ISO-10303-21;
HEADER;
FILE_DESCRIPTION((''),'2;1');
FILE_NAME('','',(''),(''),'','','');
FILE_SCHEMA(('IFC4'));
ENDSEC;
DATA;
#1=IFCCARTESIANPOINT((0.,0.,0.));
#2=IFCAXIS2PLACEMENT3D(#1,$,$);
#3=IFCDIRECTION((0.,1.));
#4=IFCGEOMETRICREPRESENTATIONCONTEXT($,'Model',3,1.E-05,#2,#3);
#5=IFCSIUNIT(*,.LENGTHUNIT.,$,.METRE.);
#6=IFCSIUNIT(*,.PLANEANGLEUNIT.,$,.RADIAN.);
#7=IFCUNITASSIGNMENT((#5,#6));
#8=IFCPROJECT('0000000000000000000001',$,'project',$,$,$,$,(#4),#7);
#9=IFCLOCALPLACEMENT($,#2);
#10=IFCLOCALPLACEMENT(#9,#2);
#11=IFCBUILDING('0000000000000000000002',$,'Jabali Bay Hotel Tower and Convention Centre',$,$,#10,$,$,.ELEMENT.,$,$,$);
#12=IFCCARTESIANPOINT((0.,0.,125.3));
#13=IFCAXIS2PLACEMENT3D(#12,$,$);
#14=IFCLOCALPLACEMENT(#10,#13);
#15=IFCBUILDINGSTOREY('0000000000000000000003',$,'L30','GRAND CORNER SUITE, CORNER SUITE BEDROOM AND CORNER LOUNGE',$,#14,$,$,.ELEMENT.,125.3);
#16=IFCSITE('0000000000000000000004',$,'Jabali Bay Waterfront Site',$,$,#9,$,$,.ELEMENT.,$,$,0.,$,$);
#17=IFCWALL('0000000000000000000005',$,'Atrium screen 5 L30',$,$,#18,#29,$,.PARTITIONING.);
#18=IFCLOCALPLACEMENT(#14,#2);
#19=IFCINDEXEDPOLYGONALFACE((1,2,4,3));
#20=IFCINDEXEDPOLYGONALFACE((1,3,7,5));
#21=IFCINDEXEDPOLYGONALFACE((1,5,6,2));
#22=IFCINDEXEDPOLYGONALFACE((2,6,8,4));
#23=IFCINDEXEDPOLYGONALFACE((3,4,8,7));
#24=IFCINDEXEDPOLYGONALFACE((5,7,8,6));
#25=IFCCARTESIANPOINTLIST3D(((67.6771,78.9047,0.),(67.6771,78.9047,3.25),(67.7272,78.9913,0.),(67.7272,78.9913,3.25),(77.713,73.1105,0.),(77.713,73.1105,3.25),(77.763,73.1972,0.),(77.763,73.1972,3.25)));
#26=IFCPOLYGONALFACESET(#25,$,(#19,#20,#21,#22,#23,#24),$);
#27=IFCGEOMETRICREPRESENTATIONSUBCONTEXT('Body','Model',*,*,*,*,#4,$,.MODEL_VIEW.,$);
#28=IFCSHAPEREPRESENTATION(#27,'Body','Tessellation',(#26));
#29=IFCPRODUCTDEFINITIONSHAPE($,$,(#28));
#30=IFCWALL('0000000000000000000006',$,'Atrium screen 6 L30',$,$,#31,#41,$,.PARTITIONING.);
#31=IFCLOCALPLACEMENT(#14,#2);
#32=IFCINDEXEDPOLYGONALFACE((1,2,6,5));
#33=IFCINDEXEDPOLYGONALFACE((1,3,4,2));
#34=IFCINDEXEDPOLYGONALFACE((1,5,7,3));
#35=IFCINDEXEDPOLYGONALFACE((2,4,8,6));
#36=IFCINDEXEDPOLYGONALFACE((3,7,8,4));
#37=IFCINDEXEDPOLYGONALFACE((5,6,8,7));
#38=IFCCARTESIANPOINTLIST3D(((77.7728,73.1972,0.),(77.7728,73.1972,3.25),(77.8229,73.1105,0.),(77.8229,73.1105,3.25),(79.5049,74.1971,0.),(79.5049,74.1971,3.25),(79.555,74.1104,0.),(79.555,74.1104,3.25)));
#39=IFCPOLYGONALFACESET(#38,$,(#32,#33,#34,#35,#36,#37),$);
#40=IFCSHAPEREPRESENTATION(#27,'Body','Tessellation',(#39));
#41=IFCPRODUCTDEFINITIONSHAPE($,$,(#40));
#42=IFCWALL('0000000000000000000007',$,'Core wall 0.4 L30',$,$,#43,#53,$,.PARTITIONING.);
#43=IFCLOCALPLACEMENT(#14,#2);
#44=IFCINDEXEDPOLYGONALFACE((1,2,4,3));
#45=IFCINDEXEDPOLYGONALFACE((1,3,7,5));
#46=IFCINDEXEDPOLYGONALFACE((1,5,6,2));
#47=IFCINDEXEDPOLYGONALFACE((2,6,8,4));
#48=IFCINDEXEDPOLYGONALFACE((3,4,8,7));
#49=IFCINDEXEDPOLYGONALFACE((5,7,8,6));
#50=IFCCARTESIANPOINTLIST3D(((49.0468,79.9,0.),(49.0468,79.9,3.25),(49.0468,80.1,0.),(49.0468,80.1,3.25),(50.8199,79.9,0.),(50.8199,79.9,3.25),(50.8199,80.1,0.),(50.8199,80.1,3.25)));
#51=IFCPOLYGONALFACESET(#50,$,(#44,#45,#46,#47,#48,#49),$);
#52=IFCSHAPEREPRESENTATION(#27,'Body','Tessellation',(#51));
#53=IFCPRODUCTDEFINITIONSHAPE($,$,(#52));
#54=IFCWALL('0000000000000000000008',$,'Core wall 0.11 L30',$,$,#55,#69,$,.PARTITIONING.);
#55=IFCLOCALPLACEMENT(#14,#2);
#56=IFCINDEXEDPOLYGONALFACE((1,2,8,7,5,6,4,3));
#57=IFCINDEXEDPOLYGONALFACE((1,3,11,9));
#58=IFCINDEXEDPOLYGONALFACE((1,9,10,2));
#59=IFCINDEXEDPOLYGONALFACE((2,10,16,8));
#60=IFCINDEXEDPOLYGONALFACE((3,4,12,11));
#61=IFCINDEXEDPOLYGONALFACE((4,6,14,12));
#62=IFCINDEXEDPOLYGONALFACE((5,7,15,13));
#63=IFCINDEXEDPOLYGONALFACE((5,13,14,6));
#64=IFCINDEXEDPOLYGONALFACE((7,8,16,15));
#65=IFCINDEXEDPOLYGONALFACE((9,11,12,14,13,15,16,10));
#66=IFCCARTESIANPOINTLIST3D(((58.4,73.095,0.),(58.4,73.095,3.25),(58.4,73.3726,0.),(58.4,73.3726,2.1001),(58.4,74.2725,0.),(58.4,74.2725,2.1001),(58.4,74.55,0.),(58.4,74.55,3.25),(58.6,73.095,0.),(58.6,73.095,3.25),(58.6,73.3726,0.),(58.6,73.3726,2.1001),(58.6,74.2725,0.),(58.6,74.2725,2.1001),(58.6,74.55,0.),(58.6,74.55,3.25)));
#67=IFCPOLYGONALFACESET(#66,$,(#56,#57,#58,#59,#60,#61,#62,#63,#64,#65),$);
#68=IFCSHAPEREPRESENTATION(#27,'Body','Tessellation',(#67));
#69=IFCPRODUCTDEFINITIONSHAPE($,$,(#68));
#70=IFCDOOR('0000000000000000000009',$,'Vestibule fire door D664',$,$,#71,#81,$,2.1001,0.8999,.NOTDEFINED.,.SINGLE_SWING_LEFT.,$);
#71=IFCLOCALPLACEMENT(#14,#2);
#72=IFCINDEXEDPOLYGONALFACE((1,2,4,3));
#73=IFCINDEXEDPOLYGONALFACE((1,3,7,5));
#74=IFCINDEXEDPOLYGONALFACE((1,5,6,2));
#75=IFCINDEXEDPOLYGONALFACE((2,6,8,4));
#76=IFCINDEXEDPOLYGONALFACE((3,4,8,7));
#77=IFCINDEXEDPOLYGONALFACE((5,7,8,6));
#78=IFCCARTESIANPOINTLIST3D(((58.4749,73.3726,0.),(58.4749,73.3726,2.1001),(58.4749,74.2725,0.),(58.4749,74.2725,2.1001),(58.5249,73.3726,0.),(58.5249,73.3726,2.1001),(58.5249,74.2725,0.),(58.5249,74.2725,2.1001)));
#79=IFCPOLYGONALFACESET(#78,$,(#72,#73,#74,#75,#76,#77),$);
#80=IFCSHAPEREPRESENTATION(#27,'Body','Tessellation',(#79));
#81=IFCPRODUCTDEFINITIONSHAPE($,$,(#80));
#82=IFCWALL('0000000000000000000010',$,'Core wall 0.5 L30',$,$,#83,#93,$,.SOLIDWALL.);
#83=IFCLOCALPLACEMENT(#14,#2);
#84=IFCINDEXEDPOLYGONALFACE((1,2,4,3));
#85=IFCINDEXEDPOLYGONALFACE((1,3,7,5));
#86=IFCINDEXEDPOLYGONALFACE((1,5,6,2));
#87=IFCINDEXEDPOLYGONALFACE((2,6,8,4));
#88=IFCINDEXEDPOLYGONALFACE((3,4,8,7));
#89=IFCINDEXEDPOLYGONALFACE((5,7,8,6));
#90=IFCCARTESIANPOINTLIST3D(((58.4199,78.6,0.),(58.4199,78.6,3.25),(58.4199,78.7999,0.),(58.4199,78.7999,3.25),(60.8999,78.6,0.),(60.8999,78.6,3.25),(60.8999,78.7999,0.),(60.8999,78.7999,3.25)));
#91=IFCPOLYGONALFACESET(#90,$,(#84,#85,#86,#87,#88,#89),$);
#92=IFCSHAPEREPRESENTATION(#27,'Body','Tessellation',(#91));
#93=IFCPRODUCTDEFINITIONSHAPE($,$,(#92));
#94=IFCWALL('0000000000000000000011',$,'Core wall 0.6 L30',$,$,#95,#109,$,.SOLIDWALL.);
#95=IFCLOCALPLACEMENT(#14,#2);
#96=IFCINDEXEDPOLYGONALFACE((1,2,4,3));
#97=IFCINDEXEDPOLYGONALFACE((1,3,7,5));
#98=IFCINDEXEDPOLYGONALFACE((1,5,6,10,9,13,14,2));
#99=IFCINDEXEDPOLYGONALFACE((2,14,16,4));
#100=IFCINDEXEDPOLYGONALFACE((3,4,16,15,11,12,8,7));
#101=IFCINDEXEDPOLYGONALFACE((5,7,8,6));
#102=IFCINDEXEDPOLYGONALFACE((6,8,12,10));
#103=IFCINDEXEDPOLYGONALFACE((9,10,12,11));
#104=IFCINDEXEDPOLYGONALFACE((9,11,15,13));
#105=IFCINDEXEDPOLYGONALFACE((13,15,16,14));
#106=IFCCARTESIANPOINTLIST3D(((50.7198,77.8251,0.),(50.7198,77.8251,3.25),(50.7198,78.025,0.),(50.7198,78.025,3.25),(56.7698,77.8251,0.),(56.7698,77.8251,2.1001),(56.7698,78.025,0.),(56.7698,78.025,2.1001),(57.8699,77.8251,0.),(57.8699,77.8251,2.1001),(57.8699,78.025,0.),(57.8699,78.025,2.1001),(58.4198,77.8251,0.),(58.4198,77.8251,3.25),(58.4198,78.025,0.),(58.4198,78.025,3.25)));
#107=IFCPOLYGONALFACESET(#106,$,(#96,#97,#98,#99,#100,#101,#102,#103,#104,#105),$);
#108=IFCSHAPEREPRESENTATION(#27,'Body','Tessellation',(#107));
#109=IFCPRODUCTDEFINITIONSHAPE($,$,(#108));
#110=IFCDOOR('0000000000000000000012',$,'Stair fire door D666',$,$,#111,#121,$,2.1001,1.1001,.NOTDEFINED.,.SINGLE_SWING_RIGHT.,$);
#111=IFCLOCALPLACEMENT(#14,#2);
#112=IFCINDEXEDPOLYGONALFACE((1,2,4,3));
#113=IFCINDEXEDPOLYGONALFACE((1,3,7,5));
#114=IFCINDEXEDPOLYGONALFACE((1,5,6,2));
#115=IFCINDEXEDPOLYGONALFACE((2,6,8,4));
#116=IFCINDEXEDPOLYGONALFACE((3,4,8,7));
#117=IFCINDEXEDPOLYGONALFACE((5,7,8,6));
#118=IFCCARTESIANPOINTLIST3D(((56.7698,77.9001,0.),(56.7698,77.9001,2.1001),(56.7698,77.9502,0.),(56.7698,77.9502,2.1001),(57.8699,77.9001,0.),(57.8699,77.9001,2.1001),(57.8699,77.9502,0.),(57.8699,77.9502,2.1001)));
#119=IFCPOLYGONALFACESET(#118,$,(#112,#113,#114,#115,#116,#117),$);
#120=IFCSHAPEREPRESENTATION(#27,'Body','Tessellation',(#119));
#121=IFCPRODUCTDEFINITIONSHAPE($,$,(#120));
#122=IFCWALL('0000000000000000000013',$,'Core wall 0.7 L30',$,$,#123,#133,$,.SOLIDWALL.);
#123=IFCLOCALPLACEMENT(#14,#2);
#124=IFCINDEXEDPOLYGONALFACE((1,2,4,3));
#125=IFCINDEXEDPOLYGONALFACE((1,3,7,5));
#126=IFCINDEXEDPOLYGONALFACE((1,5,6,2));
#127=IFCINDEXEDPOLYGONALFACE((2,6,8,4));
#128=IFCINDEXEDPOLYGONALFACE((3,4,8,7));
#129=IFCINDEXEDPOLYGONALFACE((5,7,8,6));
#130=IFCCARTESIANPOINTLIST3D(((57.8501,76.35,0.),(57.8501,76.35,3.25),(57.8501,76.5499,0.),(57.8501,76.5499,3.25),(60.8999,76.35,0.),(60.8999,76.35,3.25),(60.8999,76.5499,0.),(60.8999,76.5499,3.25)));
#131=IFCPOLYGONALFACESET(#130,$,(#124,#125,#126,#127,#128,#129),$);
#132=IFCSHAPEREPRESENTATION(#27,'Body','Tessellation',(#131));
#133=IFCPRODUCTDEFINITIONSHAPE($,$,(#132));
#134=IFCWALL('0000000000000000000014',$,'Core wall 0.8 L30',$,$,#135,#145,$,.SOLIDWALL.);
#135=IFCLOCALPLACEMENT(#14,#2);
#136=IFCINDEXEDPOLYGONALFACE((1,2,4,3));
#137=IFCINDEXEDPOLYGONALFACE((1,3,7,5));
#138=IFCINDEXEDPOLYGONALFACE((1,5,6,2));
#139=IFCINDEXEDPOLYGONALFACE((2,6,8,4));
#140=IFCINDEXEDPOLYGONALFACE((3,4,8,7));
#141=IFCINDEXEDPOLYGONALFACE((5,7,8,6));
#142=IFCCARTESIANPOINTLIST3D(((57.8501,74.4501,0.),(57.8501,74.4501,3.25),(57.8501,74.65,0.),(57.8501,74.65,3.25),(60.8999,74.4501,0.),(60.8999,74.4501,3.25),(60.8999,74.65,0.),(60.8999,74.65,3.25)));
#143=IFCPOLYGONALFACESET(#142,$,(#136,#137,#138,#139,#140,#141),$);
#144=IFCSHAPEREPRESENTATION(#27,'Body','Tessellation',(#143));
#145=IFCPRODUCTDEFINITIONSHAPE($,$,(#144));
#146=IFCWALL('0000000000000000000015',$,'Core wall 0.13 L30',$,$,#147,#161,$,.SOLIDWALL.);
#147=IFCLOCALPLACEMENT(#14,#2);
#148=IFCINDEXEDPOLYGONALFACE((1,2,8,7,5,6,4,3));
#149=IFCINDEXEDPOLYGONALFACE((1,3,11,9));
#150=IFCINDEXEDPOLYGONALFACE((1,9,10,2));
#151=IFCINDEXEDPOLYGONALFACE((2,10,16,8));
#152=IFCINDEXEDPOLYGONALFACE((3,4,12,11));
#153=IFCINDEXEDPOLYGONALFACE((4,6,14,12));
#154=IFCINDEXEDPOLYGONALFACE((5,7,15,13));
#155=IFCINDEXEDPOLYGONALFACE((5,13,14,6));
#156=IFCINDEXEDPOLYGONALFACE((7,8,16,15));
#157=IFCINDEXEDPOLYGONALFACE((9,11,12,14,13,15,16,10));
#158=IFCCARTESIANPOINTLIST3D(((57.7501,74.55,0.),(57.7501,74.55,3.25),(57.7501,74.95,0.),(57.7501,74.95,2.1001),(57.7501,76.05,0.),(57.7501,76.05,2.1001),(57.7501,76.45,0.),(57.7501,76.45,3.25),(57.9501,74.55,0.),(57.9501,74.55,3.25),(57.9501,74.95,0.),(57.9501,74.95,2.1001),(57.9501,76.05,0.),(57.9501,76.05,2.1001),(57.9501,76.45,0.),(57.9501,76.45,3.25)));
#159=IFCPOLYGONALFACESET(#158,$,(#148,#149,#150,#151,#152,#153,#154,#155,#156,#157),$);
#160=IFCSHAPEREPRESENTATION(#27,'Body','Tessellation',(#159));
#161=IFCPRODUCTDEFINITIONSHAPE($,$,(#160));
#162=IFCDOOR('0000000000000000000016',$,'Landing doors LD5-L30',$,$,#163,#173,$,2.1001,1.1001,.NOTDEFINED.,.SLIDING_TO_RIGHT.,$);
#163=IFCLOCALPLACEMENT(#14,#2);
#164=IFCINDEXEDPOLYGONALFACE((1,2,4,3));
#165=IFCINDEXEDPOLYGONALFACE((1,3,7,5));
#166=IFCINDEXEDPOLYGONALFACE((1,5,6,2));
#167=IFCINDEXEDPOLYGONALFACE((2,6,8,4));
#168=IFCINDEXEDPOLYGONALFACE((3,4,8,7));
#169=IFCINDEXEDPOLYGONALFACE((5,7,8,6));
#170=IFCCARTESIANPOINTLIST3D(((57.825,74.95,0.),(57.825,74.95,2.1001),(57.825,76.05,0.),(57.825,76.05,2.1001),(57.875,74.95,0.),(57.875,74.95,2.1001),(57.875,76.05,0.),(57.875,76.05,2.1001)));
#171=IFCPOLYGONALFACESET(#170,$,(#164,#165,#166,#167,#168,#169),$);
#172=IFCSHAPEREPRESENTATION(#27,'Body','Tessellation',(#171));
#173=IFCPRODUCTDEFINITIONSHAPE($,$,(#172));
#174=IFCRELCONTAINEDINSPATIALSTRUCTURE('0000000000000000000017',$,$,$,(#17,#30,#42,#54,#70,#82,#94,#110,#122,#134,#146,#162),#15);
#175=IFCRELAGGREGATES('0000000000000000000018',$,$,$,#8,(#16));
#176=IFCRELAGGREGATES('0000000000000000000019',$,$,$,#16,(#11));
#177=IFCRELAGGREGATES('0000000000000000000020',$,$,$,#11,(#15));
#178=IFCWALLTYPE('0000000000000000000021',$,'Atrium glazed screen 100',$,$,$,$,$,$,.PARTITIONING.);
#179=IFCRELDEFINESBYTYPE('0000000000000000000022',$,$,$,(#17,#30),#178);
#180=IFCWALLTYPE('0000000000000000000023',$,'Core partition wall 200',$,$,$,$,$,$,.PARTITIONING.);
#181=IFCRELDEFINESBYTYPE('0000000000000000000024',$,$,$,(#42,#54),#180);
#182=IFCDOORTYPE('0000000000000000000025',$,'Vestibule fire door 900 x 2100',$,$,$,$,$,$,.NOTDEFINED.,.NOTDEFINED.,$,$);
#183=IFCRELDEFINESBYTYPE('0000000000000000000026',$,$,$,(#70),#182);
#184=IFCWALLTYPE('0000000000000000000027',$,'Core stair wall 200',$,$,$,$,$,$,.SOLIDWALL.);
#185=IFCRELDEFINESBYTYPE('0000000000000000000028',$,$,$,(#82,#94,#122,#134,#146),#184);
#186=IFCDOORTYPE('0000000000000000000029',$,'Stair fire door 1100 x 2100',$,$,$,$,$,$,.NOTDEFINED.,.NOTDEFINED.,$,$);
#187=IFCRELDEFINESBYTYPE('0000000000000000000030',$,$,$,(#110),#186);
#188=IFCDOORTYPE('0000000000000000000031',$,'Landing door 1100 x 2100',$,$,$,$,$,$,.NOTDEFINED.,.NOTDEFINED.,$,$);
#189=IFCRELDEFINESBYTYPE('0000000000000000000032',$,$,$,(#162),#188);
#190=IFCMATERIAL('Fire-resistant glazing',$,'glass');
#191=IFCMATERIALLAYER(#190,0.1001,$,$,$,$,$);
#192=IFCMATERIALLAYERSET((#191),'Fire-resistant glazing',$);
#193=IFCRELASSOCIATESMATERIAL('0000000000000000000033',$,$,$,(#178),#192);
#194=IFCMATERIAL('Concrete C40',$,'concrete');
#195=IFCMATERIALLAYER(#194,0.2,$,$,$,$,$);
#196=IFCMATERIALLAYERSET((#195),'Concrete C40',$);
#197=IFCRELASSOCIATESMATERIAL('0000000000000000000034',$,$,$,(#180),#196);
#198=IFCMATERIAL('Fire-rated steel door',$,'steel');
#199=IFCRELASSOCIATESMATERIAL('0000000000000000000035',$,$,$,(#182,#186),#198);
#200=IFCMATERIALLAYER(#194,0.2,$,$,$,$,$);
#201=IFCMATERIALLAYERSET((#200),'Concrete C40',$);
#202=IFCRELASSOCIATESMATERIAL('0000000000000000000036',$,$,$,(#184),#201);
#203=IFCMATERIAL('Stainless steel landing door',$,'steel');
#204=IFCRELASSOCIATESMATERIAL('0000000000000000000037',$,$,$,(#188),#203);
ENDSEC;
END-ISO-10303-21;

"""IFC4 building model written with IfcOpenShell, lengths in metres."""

from ifc_helpers import new_model, si_unit, direction, frame, frame_2d, origin, place, context, subcontext, project, spatial, rectangle, extrude, material, layer, layer_set, type_object, element, fill, save


model = new_model("IFC4")

# Units and contexts
model_context = context("Model", 3, precision=1e-05, world=origin(), true_north=direction((0.0, 1.0)))
body_context = subcontext(model_context, "Body", "Model", "MODEL_VIEW")
ifc_project = project(units=[si_unit("LENGTHUNIT", "METRE"), si_unit("PLANEANGLEUNIT", "RADIAN")], contexts=[model_context])

# Site, building, storey
site_placement = place(None, origin())
site = spatial("IfcSite", under=ifc_project, at=site_placement, Name="Jabali Bay Waterfront Site", CompositionType="ELEMENT", RefElevation=0.0)
building_placement = place(site_placement, origin())
building = spatial("IfcBuilding", under=site, at=building_placement, Name="Jabali Bay Hotel Tower and Convention Centre", CompositionType="ELEMENT")
storey_placement = place(building_placement, frame((0.0, 0.0, 125.3)))
storey = spatial("IfcBuildingStorey", under=building, at=storey_placement, Name="L30", Description="GRAND CORNER SUITE, CORNER SUITE BEDROOM AND CORNER LOUNGE", CompositionType="ELEMENT", Elevation=125.3)

# Walls
ifc_material_1 = material(Name="Fire-resistant glazing", Category="glass")
ifc_layer_1 = layer(ifc_material_1, 0.1001)
ifc_layer_set_1 = layer_set([ifc_layer_1], Name="Fire-resistant glazing")
wall_type_1 = type_object("IfcWallType", Name="Atrium glazed screen 100", PredefinedType="PARTITIONING", material=ifc_layer_set_1)
wall_1_placement = place(storey_placement, frame((67.7021, 78.948, 0.0), z_axis=(0.0, 0.0, 1.0), x_axis=(0.866027, -0.499998, 0.0)))
element("IfcWall", 1, at=wall_1_placement, inside=storey, type_object=wall_type_1, Name="Atrium screen 5 L30", PredefinedType="PARTITIONING", context=body_context, shape_type="SweptSolid", body=[
    extrude(rectangle(XDim=11.5884, YDim=0.1001, at=frame_2d((5.7942, 0.0))), origin(), (0.0, 0.0, 1.0), 3.25),
])
wall_2_placement = place(storey_placement, frame((77.7979, 73.1538, 0.0), z_axis=(0.0, 0.0, 1.0), x_axis=(0.866041, 0.499973, 0.0)))
element("IfcWall", 2, at=wall_2_placement, inside=storey, type_object=wall_type_1, Name="Atrium screen 6 L30", PredefinedType="PARTITIONING", context=body_context, shape_type="SweptSolid", body=[
    extrude(rectangle(XDim=2.0, YDim=0.1001, at=frame_2d((1.0, 0.0))), origin(), (0.0, 0.0, 1.0), 3.25),
])
ifc_material_2 = material(Name="Concrete C40", Category="concrete")
ifc_layer_2 = layer(ifc_material_2, 0.2)
ifc_layer_set_2 = layer_set([ifc_layer_2], Name="Concrete C40")
wall_type_2 = type_object("IfcWallType", Name="Core partition wall 200", PredefinedType="PARTITIONING", material=ifc_layer_set_2)
wall_3_placement = place(storey_placement, frame((50.8201, 80.0, 0.0), z_axis=(0.0, 0.0, 1.0), x_axis=(-1.0, 0.0, 0.0)))
element("IfcWall", 3, at=wall_3_placement, inside=storey, type_object=wall_type_2, Name="Core wall 0.4 L30", PredefinedType="PARTITIONING", context=body_context, shape_type="SweptSolid", body=[
    extrude(rectangle(XDim=1.7732, YDim=0.2, at=frame_2d((0.8867, 0.0))), origin(), (0.0, 0.0, 1.0), 3.25),
])

# Wall, opening, door
wall_4_placement = place(storey_placement, frame((58.5, 74.55, 0.0), z_axis=(0.0, 0.0, 1.0), x_axis=(0.0, -1.0, 0.0)))
wall_4 = element("IfcWall", 4, at=wall_4_placement, inside=storey, type_object=wall_type_2, Name="Core wall 0.11 L30", PredefinedType="PARTITIONING", context=body_context, shape_type="SweptSolid", body=[
    extrude(rectangle(XDim=1.4551, YDim=0.2, at=frame_2d((0.7275, 0.0))), origin(), (0.0, 0.0, 1.0), 3.25),
])
opening_1_placement = place(wall_4_placement, frame((0.2776, 0.0, 0.0)))
opening_1 = element("IfcOpeningElement", 5, at=opening_1_placement, cuts=wall_4, PredefinedType="OPENING", context=body_context, shape_type="SweptSolid", body=[
    extrude(rectangle(XDim=0.8999, YDim=2.1001, at=frame_2d((0.45, 1.05))), frame((0.0, 0.1104, 0.0), z_axis=(0.0, -1.0, 0.0), x_axis=(1.0, 0.0, 0.0)), (0.0, 0.0, 1.0), 0.2209),
])
ifc_material_3 = material(Name="Fire-rated steel door", Category="steel")
door_type_1 = type_object("IfcDoorType", Name="Vestibule fire door 900 x 2100", OperationType="NOTDEFINED", PredefinedType="NOTDEFINED", material=ifc_material_3)
door_1_placement = place(opening_1_placement, origin())
door_1 = element("IfcDoor", 6, at=door_1_placement, inside=storey, type_object=door_type_1, Name="Vestibule fire door D664", OperationType="SINGLE_SWING_LEFT", OverallHeight=2.1001, OverallWidth=0.8999, PredefinedType="NOTDEFINED", context=body_context, shape_type="SweptSolid", body=[
    extrude(rectangle(XDim=0.8999, YDim=2.1001, at=frame_2d((0.45, 1.05))), frame((0.0, 0.0249, 0.0), z_axis=(0.0, -1.0, 0.0), x_axis=(1.0, 0.0, 0.0)), (0.0, 0.0, 1.0), 0.05),
])
fill(opening_1, door_1)

# Wall
ifc_layer_3 = layer(ifc_material_2, 0.2)
ifc_layer_set_3 = layer_set([ifc_layer_3], Name="Concrete C40")
wall_type_3 = type_object("IfcWallType", Name="Core stair wall 200", PredefinedType="SOLIDWALL", material=ifc_layer_set_3)
wall_5_placement = place(storey_placement, frame((60.8999, 78.7, 0.0), z_axis=(0.0, 0.0, 1.0), x_axis=(-1.0, 0.0, 0.0)))
element("IfcWall", 7, at=wall_5_placement, inside=storey, type_object=wall_type_3, Name="Core wall 0.5 L30", PredefinedType="SOLIDWALL", context=body_context, shape_type="SweptSolid", body=[
    extrude(rectangle(XDim=2.48, YDim=0.2, at=frame_2d((1.24, 0.0))), origin(), (0.0, 0.0, 1.0), 3.25),
])

# Wall, opening, door
wall_6_placement = place(storey_placement, frame((58.4199, 77.925, 0.0), z_axis=(0.0, 0.0, 1.0), x_axis=(-1.0, 0.0, 0.0)))
wall_6 = element("IfcWall", 8, at=wall_6_placement, inside=storey, type_object=wall_type_3, Name="Core wall 0.6 L30", PredefinedType="SOLIDWALL", context=body_context, shape_type="SweptSolid", body=[
    extrude(rectangle(XDim=7.7, YDim=0.2, at=frame_2d((3.8501, 0.0))), origin(), (0.0, 0.0, 1.0), 3.25),
])
opening_2_placement = place(wall_6_placement, frame((0.55, 0.0, 0.0)))
opening_2 = element("IfcOpeningElement", 9, at=opening_2_placement, cuts=wall_6, PredefinedType="OPENING", context=body_context, shape_type="SweptSolid", body=[
    extrude(rectangle(XDim=1.1001, YDim=2.1001, at=frame_2d((0.55, 1.05))), frame((0.0, 0.1104, 0.0), z_axis=(0.0, -1.0, 0.0), x_axis=(1.0, 0.0, 0.0)), (0.0, 0.0, 1.0), 0.2209),
])
door_type_2 = type_object("IfcDoorType", Name="Stair fire door 1100 x 2100", OperationType="NOTDEFINED", PredefinedType="NOTDEFINED", material=ifc_material_3)
door_2_placement = place(opening_2_placement, origin())
door_2 = element("IfcDoor", 10, at=door_2_placement, inside=storey, type_object=door_type_2, Name="Stair fire door D666", OperationType="SINGLE_SWING_RIGHT", OverallHeight=2.1001, OverallWidth=1.1001, PredefinedType="NOTDEFINED", context=body_context, shape_type="SweptSolid", body=[
    extrude(rectangle(XDim=1.1001, YDim=2.1001, at=frame_2d((0.55, 1.05))), frame((0.0, 0.0249, 0.0), z_axis=(0.0, -1.0, 0.0), x_axis=(1.0, 0.0, 0.0)), (0.0, 0.0, 1.0), 0.05),
])
fill(opening_2, door_2)

# Walls
for number, where, z_axis, x_axis, name in (
    (11, (60.8999, 76.45, 0.0), (0.0, 0.0, 1.0), (-1.0, 0.0, 0.0), "Core wall 0.7 L30"),
    (12, (60.8999, 74.55, 0.0), (0.0, 0.0, 1.0), (-1.0, 0.0, 0.0), "Core wall 0.8 L30"),
):
    element("IfcWall", number, at=place(storey_placement, frame(where, z_axis=z_axis, x_axis=x_axis)), inside=storey, type_object=wall_type_3, Name=name, PredefinedType="SOLIDWALL", context=body_context, shape_type="SweptSolid", body=[
        extrude(rectangle(XDim=3.0498, YDim=0.2, at=frame_2d((1.5249, 0.0))), origin(), (0.0, 0.0, 1.0), 3.25),
    ])

# Wall, opening, door
wall_7_placement = place(storey_placement, frame((57.8501, 76.45, 0.0), z_axis=(0.0, 0.0, 1.0), x_axis=(0.0, -1.0, 0.0)))
wall_7 = element("IfcWall", 13, at=wall_7_placement, inside=storey, type_object=wall_type_3, Name="Core wall 0.13 L30", PredefinedType="SOLIDWALL", context=body_context, shape_type="SweptSolid", body=[
    extrude(rectangle(XDim=1.8999, YDim=0.2, at=frame_2d((0.95, 0.0))), origin(), (0.0, 0.0, 1.0), 3.25),
])
opening_3_placement = place(wall_7_placement, frame((0.3999, 0.0, 0.0)))
opening_3 = element("IfcOpeningElement", 14, at=opening_3_placement, cuts=wall_7, PredefinedType="OPENING", context=body_context, shape_type="SweptSolid", body=[
    extrude(rectangle(XDim=1.1001, YDim=2.1001, at=frame_2d((0.55, 1.05))), frame((0.0, 0.1104, 0.0), z_axis=(0.0, -1.0, 0.0), x_axis=(1.0, 0.0, 0.0)), (0.0, 0.0, 1.0), 0.2209),
])
ifc_material_4 = material(Name="Stainless steel landing door", Category="steel")
door_type_3 = type_object("IfcDoorType", Name="Landing door 1100 x 2100", OperationType="NOTDEFINED", PredefinedType="NOTDEFINED", material=ifc_material_4)
door_3_placement = place(opening_3_placement, origin())
door_3 = element("IfcDoor", 15, at=door_3_placement, inside=storey, type_object=door_type_3, Name="Landing doors LD5-L30", OperationType="SLIDING_TO_RIGHT", OverallHeight=2.1001, OverallWidth=1.1001, PredefinedType="NOTDEFINED", context=body_context, shape_type="SweptSolid", body=[
    extrude(rectangle(XDim=1.1001, YDim=2.1001, at=frame_2d((0.55, 1.05))), frame((0.0, 0.0249, 0.0), z_axis=(0.0, -1.0, 0.0), x_axis=(1.0, 0.0, 0.0)), (0.0, 0.0, 1.0), 0.05),
])
fill(opening_3, door_3)

save(model, "model.ifc")
